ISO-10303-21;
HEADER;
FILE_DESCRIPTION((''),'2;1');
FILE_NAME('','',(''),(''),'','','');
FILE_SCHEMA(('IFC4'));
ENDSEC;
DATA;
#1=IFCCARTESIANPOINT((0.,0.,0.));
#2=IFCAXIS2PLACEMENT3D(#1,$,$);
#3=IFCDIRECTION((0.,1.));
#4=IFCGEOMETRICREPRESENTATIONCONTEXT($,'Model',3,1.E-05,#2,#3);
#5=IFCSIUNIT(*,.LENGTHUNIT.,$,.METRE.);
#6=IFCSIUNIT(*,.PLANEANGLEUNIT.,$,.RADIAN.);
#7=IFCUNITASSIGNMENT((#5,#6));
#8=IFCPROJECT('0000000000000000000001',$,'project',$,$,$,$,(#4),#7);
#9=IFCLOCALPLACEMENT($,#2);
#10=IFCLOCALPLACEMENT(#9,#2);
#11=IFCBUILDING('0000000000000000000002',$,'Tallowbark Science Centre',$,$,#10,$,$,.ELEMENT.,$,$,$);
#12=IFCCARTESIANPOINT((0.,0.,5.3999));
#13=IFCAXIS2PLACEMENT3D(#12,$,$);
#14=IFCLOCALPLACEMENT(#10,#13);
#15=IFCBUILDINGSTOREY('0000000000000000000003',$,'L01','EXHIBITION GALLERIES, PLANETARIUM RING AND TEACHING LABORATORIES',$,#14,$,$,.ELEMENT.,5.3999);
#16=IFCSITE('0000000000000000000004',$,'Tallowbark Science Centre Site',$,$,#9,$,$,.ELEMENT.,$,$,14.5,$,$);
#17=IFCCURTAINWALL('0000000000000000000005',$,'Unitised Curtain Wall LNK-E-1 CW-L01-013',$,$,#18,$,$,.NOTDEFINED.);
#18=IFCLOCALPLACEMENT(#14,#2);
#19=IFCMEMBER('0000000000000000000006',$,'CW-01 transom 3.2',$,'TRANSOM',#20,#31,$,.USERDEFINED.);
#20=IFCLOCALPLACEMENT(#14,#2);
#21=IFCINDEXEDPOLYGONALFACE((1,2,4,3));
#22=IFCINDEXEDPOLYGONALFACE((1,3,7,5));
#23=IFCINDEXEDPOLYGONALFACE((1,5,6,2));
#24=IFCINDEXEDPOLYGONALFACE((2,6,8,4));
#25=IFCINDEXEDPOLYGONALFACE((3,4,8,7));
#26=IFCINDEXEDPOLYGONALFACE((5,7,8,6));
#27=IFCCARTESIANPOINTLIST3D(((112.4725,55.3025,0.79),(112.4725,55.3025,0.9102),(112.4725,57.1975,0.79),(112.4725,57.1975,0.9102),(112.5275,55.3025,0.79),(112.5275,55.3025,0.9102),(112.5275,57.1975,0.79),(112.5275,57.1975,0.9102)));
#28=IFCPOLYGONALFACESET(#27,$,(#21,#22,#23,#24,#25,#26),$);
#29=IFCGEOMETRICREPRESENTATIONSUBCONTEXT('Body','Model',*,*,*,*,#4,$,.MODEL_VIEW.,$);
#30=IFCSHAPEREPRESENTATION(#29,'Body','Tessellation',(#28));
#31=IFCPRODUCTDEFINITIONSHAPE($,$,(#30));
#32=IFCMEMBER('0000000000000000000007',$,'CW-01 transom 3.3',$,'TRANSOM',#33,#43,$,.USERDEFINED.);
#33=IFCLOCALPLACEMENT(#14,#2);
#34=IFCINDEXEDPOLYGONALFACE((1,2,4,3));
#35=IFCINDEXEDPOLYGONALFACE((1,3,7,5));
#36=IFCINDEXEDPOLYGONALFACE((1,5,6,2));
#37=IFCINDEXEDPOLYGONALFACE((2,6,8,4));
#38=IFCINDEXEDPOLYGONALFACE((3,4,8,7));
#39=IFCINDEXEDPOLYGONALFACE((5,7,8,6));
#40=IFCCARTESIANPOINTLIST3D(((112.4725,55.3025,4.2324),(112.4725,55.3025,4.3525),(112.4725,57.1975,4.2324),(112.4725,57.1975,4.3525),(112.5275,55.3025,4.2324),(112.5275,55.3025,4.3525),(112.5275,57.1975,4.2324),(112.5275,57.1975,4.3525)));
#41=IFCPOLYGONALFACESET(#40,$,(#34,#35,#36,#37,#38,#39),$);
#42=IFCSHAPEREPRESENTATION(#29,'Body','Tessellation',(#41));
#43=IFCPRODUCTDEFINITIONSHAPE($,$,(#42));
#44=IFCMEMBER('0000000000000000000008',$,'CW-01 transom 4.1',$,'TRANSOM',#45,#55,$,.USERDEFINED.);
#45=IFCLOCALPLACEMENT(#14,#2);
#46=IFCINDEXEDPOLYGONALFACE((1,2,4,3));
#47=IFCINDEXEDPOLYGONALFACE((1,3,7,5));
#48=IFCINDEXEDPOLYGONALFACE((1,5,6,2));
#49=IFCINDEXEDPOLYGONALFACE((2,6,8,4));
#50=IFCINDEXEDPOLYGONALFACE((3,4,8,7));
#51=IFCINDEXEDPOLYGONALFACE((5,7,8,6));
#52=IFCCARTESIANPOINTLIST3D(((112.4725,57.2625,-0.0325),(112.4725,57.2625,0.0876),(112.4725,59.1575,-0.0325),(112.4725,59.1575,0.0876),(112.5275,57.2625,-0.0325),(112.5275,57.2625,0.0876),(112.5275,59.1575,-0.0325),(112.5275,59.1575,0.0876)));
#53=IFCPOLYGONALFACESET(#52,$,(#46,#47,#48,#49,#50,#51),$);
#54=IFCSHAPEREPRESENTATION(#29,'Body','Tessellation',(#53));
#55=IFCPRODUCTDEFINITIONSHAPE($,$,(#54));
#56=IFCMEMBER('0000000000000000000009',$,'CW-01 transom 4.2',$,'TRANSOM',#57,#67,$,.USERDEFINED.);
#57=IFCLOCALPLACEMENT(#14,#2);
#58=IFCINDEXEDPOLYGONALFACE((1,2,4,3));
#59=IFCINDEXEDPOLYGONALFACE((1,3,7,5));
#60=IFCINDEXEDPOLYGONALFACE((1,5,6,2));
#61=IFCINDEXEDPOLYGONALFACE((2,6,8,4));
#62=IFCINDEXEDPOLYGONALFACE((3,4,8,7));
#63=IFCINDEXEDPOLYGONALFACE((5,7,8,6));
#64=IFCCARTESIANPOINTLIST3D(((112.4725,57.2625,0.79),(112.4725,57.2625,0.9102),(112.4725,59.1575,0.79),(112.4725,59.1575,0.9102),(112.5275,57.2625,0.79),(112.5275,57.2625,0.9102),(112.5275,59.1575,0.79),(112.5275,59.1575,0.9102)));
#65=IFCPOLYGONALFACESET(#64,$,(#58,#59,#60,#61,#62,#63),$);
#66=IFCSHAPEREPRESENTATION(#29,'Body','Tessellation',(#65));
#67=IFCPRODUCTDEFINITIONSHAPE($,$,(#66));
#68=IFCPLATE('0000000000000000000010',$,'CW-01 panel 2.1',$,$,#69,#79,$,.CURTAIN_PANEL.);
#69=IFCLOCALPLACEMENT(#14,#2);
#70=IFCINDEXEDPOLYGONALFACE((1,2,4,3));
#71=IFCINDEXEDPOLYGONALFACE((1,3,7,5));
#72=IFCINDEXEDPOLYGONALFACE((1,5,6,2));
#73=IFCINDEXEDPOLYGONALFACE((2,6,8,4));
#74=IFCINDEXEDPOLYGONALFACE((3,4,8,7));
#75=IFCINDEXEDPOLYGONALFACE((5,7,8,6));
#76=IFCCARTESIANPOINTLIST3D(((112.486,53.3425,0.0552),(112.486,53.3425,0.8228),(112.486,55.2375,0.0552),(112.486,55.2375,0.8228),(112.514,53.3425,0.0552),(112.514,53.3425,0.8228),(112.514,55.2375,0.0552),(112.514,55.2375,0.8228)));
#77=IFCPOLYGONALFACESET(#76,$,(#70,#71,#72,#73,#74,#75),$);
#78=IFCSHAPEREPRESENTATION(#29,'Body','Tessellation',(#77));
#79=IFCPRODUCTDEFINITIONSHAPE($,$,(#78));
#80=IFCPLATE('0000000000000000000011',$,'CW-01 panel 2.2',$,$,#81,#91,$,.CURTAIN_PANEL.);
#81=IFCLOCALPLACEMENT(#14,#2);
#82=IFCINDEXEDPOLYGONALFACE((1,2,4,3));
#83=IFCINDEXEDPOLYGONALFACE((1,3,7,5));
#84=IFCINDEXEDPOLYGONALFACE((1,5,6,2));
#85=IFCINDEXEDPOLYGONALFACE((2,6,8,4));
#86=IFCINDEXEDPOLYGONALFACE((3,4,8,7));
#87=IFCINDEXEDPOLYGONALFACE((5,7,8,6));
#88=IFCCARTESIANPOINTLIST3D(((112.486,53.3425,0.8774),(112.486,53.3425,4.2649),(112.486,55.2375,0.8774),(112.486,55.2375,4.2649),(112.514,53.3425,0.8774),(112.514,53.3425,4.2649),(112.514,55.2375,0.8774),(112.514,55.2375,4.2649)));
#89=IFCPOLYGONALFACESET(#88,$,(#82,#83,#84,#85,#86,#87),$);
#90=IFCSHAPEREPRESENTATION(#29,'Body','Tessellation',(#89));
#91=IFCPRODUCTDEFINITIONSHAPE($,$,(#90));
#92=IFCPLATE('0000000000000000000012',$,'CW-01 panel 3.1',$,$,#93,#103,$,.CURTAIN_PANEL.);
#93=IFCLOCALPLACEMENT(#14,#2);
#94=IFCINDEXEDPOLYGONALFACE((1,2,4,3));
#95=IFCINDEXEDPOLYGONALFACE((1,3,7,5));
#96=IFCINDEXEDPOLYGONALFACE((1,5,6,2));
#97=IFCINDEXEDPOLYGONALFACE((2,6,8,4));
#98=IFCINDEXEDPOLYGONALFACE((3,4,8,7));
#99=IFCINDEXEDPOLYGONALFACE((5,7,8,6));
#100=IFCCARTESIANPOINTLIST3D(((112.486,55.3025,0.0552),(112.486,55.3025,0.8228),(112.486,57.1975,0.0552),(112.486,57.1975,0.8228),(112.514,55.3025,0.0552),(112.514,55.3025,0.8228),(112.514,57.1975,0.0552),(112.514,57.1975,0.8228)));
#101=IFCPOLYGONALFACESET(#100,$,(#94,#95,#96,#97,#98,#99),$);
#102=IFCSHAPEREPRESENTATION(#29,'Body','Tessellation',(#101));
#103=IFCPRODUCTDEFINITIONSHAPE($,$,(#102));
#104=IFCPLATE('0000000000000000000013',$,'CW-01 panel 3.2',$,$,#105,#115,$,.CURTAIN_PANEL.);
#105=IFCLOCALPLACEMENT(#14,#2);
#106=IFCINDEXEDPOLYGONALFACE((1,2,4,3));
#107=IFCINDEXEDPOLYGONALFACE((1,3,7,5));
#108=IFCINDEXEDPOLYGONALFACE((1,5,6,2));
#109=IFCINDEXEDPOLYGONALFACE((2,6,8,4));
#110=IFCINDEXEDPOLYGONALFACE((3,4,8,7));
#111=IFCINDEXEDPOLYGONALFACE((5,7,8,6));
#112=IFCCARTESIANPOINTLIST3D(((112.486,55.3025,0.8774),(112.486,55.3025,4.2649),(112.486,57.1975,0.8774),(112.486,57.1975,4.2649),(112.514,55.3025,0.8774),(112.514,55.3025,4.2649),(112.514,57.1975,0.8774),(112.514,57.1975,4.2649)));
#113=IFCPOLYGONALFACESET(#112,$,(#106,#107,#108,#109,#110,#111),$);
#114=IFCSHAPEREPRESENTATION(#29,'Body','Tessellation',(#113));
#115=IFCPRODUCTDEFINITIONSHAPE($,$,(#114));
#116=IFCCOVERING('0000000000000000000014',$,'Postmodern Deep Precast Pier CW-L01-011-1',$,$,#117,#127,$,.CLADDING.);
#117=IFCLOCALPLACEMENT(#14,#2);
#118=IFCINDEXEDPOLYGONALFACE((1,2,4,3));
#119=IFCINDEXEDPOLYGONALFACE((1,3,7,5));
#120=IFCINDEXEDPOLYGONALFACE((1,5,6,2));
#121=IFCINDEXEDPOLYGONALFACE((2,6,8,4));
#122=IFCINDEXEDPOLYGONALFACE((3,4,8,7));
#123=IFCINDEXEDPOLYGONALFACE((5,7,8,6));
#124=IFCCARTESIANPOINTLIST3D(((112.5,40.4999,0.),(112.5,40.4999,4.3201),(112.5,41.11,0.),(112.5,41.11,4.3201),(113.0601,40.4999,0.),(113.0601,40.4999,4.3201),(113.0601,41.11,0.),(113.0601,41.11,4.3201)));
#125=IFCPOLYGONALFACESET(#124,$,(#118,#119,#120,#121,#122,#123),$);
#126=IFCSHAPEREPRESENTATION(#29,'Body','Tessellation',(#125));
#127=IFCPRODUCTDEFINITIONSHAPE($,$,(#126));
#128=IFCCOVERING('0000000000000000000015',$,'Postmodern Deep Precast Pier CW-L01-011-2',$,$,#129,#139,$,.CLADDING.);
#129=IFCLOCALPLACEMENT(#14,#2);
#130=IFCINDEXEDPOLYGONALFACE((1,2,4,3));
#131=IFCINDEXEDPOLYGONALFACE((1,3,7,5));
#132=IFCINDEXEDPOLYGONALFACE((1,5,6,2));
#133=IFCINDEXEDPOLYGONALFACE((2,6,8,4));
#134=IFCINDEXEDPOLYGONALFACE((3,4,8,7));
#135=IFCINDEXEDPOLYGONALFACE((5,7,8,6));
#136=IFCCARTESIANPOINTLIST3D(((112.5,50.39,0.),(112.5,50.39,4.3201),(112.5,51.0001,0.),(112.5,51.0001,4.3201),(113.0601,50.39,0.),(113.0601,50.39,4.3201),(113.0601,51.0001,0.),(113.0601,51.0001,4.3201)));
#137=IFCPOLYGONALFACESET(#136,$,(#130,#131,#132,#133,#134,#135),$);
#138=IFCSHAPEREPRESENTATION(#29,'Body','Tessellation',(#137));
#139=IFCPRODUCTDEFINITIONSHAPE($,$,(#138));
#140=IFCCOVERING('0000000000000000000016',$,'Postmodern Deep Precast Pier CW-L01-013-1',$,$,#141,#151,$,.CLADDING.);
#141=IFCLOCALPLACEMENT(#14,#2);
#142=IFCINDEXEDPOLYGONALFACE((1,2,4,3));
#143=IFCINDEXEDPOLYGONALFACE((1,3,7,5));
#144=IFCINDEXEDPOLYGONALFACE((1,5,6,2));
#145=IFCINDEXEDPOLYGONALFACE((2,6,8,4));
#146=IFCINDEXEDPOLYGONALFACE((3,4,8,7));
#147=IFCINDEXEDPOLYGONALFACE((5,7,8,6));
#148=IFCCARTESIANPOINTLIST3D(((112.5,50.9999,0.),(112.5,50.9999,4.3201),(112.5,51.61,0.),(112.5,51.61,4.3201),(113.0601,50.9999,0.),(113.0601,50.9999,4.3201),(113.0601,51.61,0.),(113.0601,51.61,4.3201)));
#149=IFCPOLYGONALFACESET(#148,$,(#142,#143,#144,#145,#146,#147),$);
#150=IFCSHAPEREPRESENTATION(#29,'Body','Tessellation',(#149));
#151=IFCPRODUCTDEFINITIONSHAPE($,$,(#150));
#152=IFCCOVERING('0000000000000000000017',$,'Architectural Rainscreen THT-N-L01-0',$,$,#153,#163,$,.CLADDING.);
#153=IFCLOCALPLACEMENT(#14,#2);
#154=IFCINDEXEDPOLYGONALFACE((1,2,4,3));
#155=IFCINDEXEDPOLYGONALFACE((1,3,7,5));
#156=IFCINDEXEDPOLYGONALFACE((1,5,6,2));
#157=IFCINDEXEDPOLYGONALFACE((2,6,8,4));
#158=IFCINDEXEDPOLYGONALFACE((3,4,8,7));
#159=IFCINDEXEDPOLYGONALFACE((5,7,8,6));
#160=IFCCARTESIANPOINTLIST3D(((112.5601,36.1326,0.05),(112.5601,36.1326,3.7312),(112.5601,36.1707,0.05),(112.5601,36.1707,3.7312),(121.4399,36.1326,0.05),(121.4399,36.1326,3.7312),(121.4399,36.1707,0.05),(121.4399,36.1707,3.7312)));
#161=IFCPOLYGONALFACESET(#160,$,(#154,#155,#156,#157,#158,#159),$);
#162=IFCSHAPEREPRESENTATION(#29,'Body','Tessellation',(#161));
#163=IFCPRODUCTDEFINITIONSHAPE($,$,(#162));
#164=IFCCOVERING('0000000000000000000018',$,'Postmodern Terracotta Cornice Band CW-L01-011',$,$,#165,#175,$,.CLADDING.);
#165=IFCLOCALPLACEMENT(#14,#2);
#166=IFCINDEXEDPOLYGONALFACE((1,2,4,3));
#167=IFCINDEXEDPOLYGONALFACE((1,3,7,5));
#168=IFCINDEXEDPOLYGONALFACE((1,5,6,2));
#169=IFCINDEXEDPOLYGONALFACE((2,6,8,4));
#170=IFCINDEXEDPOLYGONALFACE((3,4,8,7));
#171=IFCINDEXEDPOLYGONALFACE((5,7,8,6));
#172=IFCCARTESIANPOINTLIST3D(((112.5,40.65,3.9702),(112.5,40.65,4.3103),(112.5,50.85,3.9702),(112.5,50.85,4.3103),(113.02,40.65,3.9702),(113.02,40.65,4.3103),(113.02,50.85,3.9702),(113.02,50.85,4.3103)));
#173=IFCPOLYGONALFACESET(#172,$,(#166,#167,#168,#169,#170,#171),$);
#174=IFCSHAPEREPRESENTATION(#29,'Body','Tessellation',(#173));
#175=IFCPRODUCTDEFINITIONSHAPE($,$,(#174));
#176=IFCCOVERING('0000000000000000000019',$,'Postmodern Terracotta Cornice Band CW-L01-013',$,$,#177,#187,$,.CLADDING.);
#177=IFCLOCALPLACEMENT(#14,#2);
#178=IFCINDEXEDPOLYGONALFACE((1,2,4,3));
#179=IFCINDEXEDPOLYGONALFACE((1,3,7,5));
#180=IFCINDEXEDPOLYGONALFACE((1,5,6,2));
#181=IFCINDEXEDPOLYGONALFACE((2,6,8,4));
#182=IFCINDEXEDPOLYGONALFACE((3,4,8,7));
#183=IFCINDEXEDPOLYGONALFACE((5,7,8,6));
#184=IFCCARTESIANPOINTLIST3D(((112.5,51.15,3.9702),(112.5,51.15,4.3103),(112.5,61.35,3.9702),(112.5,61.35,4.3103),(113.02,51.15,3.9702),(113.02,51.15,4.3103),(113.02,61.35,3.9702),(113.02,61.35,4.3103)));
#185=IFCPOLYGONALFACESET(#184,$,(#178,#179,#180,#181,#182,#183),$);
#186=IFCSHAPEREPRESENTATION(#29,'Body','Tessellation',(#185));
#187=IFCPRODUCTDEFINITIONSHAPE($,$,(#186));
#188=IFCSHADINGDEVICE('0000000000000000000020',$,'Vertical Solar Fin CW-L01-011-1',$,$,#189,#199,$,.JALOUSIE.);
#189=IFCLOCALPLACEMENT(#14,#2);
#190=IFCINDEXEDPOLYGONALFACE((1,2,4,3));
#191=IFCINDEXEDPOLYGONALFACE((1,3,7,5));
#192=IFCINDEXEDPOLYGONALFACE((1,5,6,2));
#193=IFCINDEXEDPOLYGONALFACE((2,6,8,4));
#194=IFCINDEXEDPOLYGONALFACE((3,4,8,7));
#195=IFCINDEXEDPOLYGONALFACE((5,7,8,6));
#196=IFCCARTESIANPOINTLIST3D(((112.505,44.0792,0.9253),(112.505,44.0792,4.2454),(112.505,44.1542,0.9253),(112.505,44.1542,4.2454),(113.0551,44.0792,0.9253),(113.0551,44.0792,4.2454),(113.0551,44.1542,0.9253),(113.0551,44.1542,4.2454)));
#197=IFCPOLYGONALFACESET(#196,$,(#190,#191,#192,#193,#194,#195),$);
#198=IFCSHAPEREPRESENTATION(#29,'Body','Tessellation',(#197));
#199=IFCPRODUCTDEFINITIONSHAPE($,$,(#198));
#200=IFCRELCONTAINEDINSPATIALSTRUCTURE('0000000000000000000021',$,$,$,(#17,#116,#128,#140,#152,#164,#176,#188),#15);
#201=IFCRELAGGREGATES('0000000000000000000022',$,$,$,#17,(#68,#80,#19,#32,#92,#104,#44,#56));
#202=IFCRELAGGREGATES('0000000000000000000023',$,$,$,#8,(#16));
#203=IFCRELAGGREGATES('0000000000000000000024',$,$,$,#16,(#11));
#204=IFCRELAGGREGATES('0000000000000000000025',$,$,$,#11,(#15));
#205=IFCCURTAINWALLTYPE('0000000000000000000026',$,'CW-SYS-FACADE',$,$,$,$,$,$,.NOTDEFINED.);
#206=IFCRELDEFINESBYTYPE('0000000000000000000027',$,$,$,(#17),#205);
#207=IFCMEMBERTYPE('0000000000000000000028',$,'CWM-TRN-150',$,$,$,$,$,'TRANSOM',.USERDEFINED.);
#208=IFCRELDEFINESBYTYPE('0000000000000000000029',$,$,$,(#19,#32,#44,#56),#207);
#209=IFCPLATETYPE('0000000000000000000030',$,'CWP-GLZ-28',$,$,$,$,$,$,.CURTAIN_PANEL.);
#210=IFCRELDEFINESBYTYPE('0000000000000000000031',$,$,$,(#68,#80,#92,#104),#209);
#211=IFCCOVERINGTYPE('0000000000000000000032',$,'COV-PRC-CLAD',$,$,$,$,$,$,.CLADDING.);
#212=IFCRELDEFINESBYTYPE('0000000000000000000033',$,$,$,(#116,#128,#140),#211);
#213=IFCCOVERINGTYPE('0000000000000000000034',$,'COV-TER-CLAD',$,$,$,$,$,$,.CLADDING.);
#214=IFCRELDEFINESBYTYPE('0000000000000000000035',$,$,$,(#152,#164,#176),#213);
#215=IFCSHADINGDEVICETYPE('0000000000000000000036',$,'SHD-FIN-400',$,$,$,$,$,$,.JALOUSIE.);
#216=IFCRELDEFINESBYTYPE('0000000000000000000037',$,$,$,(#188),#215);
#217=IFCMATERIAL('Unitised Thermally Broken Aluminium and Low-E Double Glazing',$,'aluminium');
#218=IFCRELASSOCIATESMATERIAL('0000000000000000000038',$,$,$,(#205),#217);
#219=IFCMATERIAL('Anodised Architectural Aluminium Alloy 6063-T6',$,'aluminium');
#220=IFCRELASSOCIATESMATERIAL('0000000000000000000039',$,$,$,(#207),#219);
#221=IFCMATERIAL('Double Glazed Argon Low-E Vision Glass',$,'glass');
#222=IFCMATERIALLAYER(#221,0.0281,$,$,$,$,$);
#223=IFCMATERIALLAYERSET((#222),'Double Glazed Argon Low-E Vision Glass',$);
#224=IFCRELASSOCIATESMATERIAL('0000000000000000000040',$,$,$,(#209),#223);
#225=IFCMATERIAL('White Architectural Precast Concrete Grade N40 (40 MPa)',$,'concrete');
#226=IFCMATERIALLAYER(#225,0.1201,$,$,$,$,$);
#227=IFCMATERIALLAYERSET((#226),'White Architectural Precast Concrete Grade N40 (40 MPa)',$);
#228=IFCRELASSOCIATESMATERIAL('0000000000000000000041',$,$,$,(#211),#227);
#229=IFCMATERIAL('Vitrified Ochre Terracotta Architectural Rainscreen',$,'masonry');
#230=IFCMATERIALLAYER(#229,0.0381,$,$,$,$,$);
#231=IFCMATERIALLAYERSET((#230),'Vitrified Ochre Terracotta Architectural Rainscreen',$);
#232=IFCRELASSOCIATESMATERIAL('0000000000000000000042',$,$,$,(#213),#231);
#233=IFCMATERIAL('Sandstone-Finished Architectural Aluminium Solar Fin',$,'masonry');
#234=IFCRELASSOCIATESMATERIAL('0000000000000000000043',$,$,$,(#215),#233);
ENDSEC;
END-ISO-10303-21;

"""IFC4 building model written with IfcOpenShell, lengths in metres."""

from ifc_helpers import new_model, si_unit, direction, frame, origin, origin_2d, place, context, subcontext, project, spatial, rectangle, extrude, material, layer, layer_set, material_profile, profile_set, type_object, element, aggregate, save


model = new_model("IFC4")

# Units and contexts
model_context = context("Model", 3, precision=1e-05, world=origin(), true_north=direction((0.0, 1.0)))
body_context = subcontext(model_context, "Body", "Model", "MODEL_VIEW")
ifc_project = project(units=[si_unit("LENGTHUNIT", "METRE"), si_unit("PLANEANGLEUNIT", "RADIAN")], contexts=[model_context])

# Site, building, storey
site_placement = place(None, origin())
site = spatial("IfcSite", under=ifc_project, at=site_placement, Name="Tallowbark Science Centre Site", CompositionType="ELEMENT", RefElevation=14.5)
building_placement = place(site_placement, origin())
building = spatial("IfcBuilding", under=site, at=building_placement, Name="Tallowbark Science Centre", CompositionType="ELEMENT")
storey_placement = place(building_placement, frame((0.0, 0.0, 5.3999)))
storey = spatial("IfcBuildingStorey", under=building, at=storey_placement, Name="L01", Description="EXHIBITION GALLERIES, PLANETARIUM RING AND TEACHING LABORATORIES", CompositionType="ELEMENT", Elevation=5.3999)

# Curtain wall, members, plates
ifc_material_1 = material(Name="Unitised Thermally Broken Aluminium and Low-E Double Glazing", Category="aluminium")
curtain_wall_type = type_object("IfcCurtainWallType", Name="CW-SYS-FACADE", PredefinedType="NOTDEFINED", material=ifc_material_1)
curtain_wall_placement = place(storey_placement, origin())
curtain_wall = element("IfcCurtainWall", 1, at=curtain_wall_placement, inside=storey, type_object=curtain_wall_type, Name="Unitised Curtain Wall LNK-E-1 CW-L01-013", PredefinedType="NOTDEFINED")
ifc_material_2 = material(Name="Anodised Architectural Aluminium Alloy 6063-T6", Category="aluminium")
ifc_material_profile_1 = material_profile(ifc_material_2, rectangle(XDim=0.0549, YDim=0.1201, at=origin_2d()), Name="ALU55x120")
ifc_profile_set_1 = profile_set([ifc_material_profile_1], Name="Anodised Architectural Aluminium Alloy 6063-T6")
member_type_1 = type_object("IfcMemberType", Name="CWM-TRN-150", ElementType="TRANSOM", PredefinedType="USERDEFINED", material=ifc_profile_set_1)
member_1_placement = place(storey_placement, frame((112.5, 55.3025, 0.8501), z_axis=(0.0, 1.0, 0.0), x_axis=(-1.0, 0.0, 0.0)))
member_1 = element("IfcMember", 2, at=member_1_placement, type_object=member_type_1, Name="CW-01 transom 3.2", ObjectType="TRANSOM", PredefinedType="USERDEFINED", context=body_context, shape_type="SweptSolid", body=[
    extrude(rectangle(XDim=0.0549, YDim=0.1201, at=origin_2d()), origin(), (0.0, 0.0, 1.0), 1.895),
])
member_2_placement = place(storey_placement, frame((112.5, 55.3025, 4.2925), z_axis=(0.0, 1.0, 0.0), x_axis=(-1.0, 0.0, 0.0)))
member_2 = element("IfcMember", 3, at=member_2_placement, type_object=member_type_1, Name="CW-01 transom 3.3", ObjectType="TRANSOM", PredefinedType="USERDEFINED", context=body_context, shape_type="SweptSolid", body=[
    extrude(rectangle(XDim=0.0549, YDim=0.1201, at=origin_2d()), origin(), (0.0, 0.0, 1.0), 1.895),
])
member_3_placement = place(storey_placement, frame((112.5, 57.2625, 0.0276), z_axis=(0.0, 1.0, 0.0), x_axis=(-1.0, 0.0, 0.0)))
member_3 = element("IfcMember", 4, at=member_3_placement, type_object=member_type_1, Name="CW-01 transom 4.1", ObjectType="TRANSOM", PredefinedType="USERDEFINED", context=body_context, shape_type="SweptSolid", body=[
    extrude(rectangle(XDim=0.0549, YDim=0.1201, at=origin_2d()), origin(), (0.0, 0.0, 1.0), 1.895),
])
member_4_placement = place(storey_placement, frame((112.5, 57.2625, 0.8501), z_axis=(0.0, 1.0, 0.0), x_axis=(-1.0, 0.0, 0.0)))
member_4 = element("IfcMember", 5, at=member_4_placement, type_object=member_type_1, Name="CW-01 transom 4.2", ObjectType="TRANSOM", PredefinedType="USERDEFINED", context=body_context, shape_type="SweptSolid", body=[
    extrude(rectangle(XDim=0.0549, YDim=0.1201, at=origin_2d()), origin(), (0.0, 0.0, 1.0), 1.895),
])
ifc_material_3 = material(Name="Double Glazed Argon Low-E Vision Glass", Category="glass")
ifc_layer_1 = layer(ifc_material_3, 0.0281)
ifc_layer_set_1 = layer_set([ifc_layer_1], Name="Double Glazed Argon Low-E Vision Glass")
plate_type = type_object("IfcPlateType", Name="CWP-GLZ-28", PredefinedType="CURTAIN_PANEL", material=ifc_layer_set_1)
plate_1_placement = place(storey_placement, frame((112.5, 54.29, 0.0552), z_axis=(0.0, 0.0, 1.0), x_axis=(0.0, 1.0, 0.0)))
plate_1 = element("IfcPlate", 6, at=plate_1_placement, type_object=plate_type, Name="CW-01 panel 2.1", PredefinedType="CURTAIN_PANEL", context=body_context, shape_type="SweptSolid", body=[
    extrude(rectangle(XDim=1.895, YDim=0.0281, at=origin_2d()), origin(), (0.0, 0.0, 1.0), 0.7676),
])
plate_2_placement = place(storey_placement, frame((112.5, 54.29, 0.8774), z_axis=(0.0, 0.0, 1.0), x_axis=(0.0, 1.0, 0.0)))
plate_2 = element("IfcPlate", 7, at=plate_2_placement, type_object=plate_type, Name="CW-01 panel 2.2", PredefinedType="CURTAIN_PANEL", context=body_context, shape_type="SweptSolid", body=[
    extrude(rectangle(XDim=1.895, YDim=0.0281, at=origin_2d()), origin(), (0.0, 0.0, 1.0), 3.3875),
])
plate_3_placement = place(storey_placement, frame((112.5, 56.25, 0.0552), z_axis=(0.0, 0.0, 1.0), x_axis=(0.0, 1.0, 0.0)))
plate_3 = element("IfcPlate", 8, at=plate_3_placement, type_object=plate_type, Name="CW-01 panel 3.1", PredefinedType="CURTAIN_PANEL", context=body_context, shape_type="SweptSolid", body=[
    extrude(rectangle(XDim=1.895, YDim=0.0281, at=origin_2d()), origin(), (0.0, 0.0, 1.0), 0.7676),
])
plate_4_placement = place(storey_placement, frame((112.5, 56.25, 0.8774), z_axis=(0.0, 0.0, 1.0), x_axis=(0.0, 1.0, 0.0)))
plate_4 = element("IfcPlate", 9, at=plate_4_placement, type_object=plate_type, Name="CW-01 panel 3.2", PredefinedType="CURTAIN_PANEL", context=body_context, shape_type="SweptSolid", body=[
    extrude(rectangle(XDim=1.895, YDim=0.0281, at=origin_2d()), origin(), (0.0, 0.0, 1.0), 3.3875),
])
aggregate(curtain_wall, [plate_1, plate_2, member_1, member_2, plate_3, plate_4, member_3, member_4])

# Coverings
ifc_material_4 = material(Name="White Architectural Precast Concrete Grade N40 (40 MPa)", Category="concrete")
ifc_layer_2 = layer(ifc_material_4, 0.1201)
ifc_layer_set_2 = layer_set([ifc_layer_2], Name="White Architectural Precast Concrete Grade N40 (40 MPa)")
covering_type_1 = type_object("IfcCoveringType", Name="COV-PRC-CLAD", PredefinedType="CLADDING", material=ifc_layer_set_2)
for number, where, z_axis, x_axis, name in (
    (10, (112.78, 40.8049, 0.0), (0.0, 0.0, 1.0), (0.0, 1.0, 0.0), "Postmodern Deep Precast Pier CW-L01-011-1"),
    (11, (112.78, 50.6951, 0.0), (0.0, 0.0, 1.0), (0.0, 1.0, 0.0), "Postmodern Deep Precast Pier CW-L01-011-2"),
    (12, (112.78, 51.3049, 0.0), (0.0, 0.0, 1.0), (0.0, 1.0, 0.0), "Postmodern Deep Precast Pier CW-L01-013-1"),
):
    element("IfcCovering", number, at=place(storey_placement, frame(where, z_axis=z_axis, x_axis=x_axis)), inside=storey, type_object=covering_type_1, Name=name, PredefinedType="CLADDING", context=body_context, shape_type="SweptSolid", body=[
        extrude(rectangle(XDim=0.6101, YDim=0.5601, at=origin_2d()), origin(), (0.0, 0.0, 1.0), 4.3201),
    ])
ifc_material_5 = material(Name="Vitrified Ochre Terracotta Architectural Rainscreen", Category="masonry")
ifc_layer_3 = layer(ifc_material_5, 0.0381)
ifc_layer_set_3 = layer_set([ifc_layer_3], Name="Vitrified Ochre Terracotta Architectural Rainscreen")
covering_type_2 = type_object("IfcCoveringType", Name="COV-TER-CLAD", PredefinedType="CLADDING", material=ifc_layer_set_3)
covering_placement = place(storey_placement, frame((117.0, 36.1516, 0.05), z_axis=(0.0, 0.0, 1.0), x_axis=(-1.0, 0.0, 0.0)))
element("IfcCovering", 13, at=covering_placement, inside=storey, type_object=covering_type_2, Name="Architectural Rainscreen THT-N-L01-0", PredefinedType="CLADDING", context=body_context, shape_type="SweptSolid", body=[
    extrude(rectangle(XDim=8.8799, YDim=0.0381, at=origin_2d()), origin(), (0.0, 0.0, 1.0), 3.6812),
])
for number, where, z_axis, x_axis, name in (
    (14, (112.76, 45.75, 3.9702), (0.0, 0.0, 1.0), (0.0, 1.0, 0.0), "Postmodern Terracotta Cornice Band CW-L01-011"),
    (15, (112.76, 56.25, 3.9702), (0.0, 0.0, 1.0), (0.0, 1.0, 0.0), "Postmodern Terracotta Cornice Band CW-L01-013"),
):
    element("IfcCovering", number, at=place(storey_placement, frame(where, z_axis=z_axis, x_axis=x_axis)), inside=storey, type_object=covering_type_2, Name=name, PredefinedType="CLADDING", context=body_context, shape_type="SweptSolid", body=[
        extrude(rectangle(XDim=10.2, YDim=0.52, at=origin_2d()), origin(), (0.0, 0.0, 1.0), 0.3401),
    ])

# Shading device
ifc_material_6 = material(Name="Sandstone-Finished Architectural Aluminium Solar Fin", Category="masonry")
shading_device_type = type_object("IfcShadingDeviceType", Name="SHD-FIN-400", PredefinedType="JALOUSIE", material=ifc_material_6)
for number, where, z_axis, x_axis, name in (
    (16, (112.78, 44.1167, 0.9253), (0.0, 0.0, 1.0), (0.0, 1.0, 0.0), "Vertical Solar Fin CW-L01-011-1"),
):
    element("IfcShadingDevice", number, at=place(storey_placement, frame(where, z_axis=z_axis, x_axis=x_axis)), inside=storey, type_object=shading_device_type, Name=name, PredefinedType="JALOUSIE", context=body_context, shape_type="SweptSolid", body=[
        extrude(rectangle(XDim=0.075, YDim=0.55, at=origin_2d()), origin(), (0.0, 0.0, 1.0), 3.3201),
    ])

save(model, "model.ifc")
